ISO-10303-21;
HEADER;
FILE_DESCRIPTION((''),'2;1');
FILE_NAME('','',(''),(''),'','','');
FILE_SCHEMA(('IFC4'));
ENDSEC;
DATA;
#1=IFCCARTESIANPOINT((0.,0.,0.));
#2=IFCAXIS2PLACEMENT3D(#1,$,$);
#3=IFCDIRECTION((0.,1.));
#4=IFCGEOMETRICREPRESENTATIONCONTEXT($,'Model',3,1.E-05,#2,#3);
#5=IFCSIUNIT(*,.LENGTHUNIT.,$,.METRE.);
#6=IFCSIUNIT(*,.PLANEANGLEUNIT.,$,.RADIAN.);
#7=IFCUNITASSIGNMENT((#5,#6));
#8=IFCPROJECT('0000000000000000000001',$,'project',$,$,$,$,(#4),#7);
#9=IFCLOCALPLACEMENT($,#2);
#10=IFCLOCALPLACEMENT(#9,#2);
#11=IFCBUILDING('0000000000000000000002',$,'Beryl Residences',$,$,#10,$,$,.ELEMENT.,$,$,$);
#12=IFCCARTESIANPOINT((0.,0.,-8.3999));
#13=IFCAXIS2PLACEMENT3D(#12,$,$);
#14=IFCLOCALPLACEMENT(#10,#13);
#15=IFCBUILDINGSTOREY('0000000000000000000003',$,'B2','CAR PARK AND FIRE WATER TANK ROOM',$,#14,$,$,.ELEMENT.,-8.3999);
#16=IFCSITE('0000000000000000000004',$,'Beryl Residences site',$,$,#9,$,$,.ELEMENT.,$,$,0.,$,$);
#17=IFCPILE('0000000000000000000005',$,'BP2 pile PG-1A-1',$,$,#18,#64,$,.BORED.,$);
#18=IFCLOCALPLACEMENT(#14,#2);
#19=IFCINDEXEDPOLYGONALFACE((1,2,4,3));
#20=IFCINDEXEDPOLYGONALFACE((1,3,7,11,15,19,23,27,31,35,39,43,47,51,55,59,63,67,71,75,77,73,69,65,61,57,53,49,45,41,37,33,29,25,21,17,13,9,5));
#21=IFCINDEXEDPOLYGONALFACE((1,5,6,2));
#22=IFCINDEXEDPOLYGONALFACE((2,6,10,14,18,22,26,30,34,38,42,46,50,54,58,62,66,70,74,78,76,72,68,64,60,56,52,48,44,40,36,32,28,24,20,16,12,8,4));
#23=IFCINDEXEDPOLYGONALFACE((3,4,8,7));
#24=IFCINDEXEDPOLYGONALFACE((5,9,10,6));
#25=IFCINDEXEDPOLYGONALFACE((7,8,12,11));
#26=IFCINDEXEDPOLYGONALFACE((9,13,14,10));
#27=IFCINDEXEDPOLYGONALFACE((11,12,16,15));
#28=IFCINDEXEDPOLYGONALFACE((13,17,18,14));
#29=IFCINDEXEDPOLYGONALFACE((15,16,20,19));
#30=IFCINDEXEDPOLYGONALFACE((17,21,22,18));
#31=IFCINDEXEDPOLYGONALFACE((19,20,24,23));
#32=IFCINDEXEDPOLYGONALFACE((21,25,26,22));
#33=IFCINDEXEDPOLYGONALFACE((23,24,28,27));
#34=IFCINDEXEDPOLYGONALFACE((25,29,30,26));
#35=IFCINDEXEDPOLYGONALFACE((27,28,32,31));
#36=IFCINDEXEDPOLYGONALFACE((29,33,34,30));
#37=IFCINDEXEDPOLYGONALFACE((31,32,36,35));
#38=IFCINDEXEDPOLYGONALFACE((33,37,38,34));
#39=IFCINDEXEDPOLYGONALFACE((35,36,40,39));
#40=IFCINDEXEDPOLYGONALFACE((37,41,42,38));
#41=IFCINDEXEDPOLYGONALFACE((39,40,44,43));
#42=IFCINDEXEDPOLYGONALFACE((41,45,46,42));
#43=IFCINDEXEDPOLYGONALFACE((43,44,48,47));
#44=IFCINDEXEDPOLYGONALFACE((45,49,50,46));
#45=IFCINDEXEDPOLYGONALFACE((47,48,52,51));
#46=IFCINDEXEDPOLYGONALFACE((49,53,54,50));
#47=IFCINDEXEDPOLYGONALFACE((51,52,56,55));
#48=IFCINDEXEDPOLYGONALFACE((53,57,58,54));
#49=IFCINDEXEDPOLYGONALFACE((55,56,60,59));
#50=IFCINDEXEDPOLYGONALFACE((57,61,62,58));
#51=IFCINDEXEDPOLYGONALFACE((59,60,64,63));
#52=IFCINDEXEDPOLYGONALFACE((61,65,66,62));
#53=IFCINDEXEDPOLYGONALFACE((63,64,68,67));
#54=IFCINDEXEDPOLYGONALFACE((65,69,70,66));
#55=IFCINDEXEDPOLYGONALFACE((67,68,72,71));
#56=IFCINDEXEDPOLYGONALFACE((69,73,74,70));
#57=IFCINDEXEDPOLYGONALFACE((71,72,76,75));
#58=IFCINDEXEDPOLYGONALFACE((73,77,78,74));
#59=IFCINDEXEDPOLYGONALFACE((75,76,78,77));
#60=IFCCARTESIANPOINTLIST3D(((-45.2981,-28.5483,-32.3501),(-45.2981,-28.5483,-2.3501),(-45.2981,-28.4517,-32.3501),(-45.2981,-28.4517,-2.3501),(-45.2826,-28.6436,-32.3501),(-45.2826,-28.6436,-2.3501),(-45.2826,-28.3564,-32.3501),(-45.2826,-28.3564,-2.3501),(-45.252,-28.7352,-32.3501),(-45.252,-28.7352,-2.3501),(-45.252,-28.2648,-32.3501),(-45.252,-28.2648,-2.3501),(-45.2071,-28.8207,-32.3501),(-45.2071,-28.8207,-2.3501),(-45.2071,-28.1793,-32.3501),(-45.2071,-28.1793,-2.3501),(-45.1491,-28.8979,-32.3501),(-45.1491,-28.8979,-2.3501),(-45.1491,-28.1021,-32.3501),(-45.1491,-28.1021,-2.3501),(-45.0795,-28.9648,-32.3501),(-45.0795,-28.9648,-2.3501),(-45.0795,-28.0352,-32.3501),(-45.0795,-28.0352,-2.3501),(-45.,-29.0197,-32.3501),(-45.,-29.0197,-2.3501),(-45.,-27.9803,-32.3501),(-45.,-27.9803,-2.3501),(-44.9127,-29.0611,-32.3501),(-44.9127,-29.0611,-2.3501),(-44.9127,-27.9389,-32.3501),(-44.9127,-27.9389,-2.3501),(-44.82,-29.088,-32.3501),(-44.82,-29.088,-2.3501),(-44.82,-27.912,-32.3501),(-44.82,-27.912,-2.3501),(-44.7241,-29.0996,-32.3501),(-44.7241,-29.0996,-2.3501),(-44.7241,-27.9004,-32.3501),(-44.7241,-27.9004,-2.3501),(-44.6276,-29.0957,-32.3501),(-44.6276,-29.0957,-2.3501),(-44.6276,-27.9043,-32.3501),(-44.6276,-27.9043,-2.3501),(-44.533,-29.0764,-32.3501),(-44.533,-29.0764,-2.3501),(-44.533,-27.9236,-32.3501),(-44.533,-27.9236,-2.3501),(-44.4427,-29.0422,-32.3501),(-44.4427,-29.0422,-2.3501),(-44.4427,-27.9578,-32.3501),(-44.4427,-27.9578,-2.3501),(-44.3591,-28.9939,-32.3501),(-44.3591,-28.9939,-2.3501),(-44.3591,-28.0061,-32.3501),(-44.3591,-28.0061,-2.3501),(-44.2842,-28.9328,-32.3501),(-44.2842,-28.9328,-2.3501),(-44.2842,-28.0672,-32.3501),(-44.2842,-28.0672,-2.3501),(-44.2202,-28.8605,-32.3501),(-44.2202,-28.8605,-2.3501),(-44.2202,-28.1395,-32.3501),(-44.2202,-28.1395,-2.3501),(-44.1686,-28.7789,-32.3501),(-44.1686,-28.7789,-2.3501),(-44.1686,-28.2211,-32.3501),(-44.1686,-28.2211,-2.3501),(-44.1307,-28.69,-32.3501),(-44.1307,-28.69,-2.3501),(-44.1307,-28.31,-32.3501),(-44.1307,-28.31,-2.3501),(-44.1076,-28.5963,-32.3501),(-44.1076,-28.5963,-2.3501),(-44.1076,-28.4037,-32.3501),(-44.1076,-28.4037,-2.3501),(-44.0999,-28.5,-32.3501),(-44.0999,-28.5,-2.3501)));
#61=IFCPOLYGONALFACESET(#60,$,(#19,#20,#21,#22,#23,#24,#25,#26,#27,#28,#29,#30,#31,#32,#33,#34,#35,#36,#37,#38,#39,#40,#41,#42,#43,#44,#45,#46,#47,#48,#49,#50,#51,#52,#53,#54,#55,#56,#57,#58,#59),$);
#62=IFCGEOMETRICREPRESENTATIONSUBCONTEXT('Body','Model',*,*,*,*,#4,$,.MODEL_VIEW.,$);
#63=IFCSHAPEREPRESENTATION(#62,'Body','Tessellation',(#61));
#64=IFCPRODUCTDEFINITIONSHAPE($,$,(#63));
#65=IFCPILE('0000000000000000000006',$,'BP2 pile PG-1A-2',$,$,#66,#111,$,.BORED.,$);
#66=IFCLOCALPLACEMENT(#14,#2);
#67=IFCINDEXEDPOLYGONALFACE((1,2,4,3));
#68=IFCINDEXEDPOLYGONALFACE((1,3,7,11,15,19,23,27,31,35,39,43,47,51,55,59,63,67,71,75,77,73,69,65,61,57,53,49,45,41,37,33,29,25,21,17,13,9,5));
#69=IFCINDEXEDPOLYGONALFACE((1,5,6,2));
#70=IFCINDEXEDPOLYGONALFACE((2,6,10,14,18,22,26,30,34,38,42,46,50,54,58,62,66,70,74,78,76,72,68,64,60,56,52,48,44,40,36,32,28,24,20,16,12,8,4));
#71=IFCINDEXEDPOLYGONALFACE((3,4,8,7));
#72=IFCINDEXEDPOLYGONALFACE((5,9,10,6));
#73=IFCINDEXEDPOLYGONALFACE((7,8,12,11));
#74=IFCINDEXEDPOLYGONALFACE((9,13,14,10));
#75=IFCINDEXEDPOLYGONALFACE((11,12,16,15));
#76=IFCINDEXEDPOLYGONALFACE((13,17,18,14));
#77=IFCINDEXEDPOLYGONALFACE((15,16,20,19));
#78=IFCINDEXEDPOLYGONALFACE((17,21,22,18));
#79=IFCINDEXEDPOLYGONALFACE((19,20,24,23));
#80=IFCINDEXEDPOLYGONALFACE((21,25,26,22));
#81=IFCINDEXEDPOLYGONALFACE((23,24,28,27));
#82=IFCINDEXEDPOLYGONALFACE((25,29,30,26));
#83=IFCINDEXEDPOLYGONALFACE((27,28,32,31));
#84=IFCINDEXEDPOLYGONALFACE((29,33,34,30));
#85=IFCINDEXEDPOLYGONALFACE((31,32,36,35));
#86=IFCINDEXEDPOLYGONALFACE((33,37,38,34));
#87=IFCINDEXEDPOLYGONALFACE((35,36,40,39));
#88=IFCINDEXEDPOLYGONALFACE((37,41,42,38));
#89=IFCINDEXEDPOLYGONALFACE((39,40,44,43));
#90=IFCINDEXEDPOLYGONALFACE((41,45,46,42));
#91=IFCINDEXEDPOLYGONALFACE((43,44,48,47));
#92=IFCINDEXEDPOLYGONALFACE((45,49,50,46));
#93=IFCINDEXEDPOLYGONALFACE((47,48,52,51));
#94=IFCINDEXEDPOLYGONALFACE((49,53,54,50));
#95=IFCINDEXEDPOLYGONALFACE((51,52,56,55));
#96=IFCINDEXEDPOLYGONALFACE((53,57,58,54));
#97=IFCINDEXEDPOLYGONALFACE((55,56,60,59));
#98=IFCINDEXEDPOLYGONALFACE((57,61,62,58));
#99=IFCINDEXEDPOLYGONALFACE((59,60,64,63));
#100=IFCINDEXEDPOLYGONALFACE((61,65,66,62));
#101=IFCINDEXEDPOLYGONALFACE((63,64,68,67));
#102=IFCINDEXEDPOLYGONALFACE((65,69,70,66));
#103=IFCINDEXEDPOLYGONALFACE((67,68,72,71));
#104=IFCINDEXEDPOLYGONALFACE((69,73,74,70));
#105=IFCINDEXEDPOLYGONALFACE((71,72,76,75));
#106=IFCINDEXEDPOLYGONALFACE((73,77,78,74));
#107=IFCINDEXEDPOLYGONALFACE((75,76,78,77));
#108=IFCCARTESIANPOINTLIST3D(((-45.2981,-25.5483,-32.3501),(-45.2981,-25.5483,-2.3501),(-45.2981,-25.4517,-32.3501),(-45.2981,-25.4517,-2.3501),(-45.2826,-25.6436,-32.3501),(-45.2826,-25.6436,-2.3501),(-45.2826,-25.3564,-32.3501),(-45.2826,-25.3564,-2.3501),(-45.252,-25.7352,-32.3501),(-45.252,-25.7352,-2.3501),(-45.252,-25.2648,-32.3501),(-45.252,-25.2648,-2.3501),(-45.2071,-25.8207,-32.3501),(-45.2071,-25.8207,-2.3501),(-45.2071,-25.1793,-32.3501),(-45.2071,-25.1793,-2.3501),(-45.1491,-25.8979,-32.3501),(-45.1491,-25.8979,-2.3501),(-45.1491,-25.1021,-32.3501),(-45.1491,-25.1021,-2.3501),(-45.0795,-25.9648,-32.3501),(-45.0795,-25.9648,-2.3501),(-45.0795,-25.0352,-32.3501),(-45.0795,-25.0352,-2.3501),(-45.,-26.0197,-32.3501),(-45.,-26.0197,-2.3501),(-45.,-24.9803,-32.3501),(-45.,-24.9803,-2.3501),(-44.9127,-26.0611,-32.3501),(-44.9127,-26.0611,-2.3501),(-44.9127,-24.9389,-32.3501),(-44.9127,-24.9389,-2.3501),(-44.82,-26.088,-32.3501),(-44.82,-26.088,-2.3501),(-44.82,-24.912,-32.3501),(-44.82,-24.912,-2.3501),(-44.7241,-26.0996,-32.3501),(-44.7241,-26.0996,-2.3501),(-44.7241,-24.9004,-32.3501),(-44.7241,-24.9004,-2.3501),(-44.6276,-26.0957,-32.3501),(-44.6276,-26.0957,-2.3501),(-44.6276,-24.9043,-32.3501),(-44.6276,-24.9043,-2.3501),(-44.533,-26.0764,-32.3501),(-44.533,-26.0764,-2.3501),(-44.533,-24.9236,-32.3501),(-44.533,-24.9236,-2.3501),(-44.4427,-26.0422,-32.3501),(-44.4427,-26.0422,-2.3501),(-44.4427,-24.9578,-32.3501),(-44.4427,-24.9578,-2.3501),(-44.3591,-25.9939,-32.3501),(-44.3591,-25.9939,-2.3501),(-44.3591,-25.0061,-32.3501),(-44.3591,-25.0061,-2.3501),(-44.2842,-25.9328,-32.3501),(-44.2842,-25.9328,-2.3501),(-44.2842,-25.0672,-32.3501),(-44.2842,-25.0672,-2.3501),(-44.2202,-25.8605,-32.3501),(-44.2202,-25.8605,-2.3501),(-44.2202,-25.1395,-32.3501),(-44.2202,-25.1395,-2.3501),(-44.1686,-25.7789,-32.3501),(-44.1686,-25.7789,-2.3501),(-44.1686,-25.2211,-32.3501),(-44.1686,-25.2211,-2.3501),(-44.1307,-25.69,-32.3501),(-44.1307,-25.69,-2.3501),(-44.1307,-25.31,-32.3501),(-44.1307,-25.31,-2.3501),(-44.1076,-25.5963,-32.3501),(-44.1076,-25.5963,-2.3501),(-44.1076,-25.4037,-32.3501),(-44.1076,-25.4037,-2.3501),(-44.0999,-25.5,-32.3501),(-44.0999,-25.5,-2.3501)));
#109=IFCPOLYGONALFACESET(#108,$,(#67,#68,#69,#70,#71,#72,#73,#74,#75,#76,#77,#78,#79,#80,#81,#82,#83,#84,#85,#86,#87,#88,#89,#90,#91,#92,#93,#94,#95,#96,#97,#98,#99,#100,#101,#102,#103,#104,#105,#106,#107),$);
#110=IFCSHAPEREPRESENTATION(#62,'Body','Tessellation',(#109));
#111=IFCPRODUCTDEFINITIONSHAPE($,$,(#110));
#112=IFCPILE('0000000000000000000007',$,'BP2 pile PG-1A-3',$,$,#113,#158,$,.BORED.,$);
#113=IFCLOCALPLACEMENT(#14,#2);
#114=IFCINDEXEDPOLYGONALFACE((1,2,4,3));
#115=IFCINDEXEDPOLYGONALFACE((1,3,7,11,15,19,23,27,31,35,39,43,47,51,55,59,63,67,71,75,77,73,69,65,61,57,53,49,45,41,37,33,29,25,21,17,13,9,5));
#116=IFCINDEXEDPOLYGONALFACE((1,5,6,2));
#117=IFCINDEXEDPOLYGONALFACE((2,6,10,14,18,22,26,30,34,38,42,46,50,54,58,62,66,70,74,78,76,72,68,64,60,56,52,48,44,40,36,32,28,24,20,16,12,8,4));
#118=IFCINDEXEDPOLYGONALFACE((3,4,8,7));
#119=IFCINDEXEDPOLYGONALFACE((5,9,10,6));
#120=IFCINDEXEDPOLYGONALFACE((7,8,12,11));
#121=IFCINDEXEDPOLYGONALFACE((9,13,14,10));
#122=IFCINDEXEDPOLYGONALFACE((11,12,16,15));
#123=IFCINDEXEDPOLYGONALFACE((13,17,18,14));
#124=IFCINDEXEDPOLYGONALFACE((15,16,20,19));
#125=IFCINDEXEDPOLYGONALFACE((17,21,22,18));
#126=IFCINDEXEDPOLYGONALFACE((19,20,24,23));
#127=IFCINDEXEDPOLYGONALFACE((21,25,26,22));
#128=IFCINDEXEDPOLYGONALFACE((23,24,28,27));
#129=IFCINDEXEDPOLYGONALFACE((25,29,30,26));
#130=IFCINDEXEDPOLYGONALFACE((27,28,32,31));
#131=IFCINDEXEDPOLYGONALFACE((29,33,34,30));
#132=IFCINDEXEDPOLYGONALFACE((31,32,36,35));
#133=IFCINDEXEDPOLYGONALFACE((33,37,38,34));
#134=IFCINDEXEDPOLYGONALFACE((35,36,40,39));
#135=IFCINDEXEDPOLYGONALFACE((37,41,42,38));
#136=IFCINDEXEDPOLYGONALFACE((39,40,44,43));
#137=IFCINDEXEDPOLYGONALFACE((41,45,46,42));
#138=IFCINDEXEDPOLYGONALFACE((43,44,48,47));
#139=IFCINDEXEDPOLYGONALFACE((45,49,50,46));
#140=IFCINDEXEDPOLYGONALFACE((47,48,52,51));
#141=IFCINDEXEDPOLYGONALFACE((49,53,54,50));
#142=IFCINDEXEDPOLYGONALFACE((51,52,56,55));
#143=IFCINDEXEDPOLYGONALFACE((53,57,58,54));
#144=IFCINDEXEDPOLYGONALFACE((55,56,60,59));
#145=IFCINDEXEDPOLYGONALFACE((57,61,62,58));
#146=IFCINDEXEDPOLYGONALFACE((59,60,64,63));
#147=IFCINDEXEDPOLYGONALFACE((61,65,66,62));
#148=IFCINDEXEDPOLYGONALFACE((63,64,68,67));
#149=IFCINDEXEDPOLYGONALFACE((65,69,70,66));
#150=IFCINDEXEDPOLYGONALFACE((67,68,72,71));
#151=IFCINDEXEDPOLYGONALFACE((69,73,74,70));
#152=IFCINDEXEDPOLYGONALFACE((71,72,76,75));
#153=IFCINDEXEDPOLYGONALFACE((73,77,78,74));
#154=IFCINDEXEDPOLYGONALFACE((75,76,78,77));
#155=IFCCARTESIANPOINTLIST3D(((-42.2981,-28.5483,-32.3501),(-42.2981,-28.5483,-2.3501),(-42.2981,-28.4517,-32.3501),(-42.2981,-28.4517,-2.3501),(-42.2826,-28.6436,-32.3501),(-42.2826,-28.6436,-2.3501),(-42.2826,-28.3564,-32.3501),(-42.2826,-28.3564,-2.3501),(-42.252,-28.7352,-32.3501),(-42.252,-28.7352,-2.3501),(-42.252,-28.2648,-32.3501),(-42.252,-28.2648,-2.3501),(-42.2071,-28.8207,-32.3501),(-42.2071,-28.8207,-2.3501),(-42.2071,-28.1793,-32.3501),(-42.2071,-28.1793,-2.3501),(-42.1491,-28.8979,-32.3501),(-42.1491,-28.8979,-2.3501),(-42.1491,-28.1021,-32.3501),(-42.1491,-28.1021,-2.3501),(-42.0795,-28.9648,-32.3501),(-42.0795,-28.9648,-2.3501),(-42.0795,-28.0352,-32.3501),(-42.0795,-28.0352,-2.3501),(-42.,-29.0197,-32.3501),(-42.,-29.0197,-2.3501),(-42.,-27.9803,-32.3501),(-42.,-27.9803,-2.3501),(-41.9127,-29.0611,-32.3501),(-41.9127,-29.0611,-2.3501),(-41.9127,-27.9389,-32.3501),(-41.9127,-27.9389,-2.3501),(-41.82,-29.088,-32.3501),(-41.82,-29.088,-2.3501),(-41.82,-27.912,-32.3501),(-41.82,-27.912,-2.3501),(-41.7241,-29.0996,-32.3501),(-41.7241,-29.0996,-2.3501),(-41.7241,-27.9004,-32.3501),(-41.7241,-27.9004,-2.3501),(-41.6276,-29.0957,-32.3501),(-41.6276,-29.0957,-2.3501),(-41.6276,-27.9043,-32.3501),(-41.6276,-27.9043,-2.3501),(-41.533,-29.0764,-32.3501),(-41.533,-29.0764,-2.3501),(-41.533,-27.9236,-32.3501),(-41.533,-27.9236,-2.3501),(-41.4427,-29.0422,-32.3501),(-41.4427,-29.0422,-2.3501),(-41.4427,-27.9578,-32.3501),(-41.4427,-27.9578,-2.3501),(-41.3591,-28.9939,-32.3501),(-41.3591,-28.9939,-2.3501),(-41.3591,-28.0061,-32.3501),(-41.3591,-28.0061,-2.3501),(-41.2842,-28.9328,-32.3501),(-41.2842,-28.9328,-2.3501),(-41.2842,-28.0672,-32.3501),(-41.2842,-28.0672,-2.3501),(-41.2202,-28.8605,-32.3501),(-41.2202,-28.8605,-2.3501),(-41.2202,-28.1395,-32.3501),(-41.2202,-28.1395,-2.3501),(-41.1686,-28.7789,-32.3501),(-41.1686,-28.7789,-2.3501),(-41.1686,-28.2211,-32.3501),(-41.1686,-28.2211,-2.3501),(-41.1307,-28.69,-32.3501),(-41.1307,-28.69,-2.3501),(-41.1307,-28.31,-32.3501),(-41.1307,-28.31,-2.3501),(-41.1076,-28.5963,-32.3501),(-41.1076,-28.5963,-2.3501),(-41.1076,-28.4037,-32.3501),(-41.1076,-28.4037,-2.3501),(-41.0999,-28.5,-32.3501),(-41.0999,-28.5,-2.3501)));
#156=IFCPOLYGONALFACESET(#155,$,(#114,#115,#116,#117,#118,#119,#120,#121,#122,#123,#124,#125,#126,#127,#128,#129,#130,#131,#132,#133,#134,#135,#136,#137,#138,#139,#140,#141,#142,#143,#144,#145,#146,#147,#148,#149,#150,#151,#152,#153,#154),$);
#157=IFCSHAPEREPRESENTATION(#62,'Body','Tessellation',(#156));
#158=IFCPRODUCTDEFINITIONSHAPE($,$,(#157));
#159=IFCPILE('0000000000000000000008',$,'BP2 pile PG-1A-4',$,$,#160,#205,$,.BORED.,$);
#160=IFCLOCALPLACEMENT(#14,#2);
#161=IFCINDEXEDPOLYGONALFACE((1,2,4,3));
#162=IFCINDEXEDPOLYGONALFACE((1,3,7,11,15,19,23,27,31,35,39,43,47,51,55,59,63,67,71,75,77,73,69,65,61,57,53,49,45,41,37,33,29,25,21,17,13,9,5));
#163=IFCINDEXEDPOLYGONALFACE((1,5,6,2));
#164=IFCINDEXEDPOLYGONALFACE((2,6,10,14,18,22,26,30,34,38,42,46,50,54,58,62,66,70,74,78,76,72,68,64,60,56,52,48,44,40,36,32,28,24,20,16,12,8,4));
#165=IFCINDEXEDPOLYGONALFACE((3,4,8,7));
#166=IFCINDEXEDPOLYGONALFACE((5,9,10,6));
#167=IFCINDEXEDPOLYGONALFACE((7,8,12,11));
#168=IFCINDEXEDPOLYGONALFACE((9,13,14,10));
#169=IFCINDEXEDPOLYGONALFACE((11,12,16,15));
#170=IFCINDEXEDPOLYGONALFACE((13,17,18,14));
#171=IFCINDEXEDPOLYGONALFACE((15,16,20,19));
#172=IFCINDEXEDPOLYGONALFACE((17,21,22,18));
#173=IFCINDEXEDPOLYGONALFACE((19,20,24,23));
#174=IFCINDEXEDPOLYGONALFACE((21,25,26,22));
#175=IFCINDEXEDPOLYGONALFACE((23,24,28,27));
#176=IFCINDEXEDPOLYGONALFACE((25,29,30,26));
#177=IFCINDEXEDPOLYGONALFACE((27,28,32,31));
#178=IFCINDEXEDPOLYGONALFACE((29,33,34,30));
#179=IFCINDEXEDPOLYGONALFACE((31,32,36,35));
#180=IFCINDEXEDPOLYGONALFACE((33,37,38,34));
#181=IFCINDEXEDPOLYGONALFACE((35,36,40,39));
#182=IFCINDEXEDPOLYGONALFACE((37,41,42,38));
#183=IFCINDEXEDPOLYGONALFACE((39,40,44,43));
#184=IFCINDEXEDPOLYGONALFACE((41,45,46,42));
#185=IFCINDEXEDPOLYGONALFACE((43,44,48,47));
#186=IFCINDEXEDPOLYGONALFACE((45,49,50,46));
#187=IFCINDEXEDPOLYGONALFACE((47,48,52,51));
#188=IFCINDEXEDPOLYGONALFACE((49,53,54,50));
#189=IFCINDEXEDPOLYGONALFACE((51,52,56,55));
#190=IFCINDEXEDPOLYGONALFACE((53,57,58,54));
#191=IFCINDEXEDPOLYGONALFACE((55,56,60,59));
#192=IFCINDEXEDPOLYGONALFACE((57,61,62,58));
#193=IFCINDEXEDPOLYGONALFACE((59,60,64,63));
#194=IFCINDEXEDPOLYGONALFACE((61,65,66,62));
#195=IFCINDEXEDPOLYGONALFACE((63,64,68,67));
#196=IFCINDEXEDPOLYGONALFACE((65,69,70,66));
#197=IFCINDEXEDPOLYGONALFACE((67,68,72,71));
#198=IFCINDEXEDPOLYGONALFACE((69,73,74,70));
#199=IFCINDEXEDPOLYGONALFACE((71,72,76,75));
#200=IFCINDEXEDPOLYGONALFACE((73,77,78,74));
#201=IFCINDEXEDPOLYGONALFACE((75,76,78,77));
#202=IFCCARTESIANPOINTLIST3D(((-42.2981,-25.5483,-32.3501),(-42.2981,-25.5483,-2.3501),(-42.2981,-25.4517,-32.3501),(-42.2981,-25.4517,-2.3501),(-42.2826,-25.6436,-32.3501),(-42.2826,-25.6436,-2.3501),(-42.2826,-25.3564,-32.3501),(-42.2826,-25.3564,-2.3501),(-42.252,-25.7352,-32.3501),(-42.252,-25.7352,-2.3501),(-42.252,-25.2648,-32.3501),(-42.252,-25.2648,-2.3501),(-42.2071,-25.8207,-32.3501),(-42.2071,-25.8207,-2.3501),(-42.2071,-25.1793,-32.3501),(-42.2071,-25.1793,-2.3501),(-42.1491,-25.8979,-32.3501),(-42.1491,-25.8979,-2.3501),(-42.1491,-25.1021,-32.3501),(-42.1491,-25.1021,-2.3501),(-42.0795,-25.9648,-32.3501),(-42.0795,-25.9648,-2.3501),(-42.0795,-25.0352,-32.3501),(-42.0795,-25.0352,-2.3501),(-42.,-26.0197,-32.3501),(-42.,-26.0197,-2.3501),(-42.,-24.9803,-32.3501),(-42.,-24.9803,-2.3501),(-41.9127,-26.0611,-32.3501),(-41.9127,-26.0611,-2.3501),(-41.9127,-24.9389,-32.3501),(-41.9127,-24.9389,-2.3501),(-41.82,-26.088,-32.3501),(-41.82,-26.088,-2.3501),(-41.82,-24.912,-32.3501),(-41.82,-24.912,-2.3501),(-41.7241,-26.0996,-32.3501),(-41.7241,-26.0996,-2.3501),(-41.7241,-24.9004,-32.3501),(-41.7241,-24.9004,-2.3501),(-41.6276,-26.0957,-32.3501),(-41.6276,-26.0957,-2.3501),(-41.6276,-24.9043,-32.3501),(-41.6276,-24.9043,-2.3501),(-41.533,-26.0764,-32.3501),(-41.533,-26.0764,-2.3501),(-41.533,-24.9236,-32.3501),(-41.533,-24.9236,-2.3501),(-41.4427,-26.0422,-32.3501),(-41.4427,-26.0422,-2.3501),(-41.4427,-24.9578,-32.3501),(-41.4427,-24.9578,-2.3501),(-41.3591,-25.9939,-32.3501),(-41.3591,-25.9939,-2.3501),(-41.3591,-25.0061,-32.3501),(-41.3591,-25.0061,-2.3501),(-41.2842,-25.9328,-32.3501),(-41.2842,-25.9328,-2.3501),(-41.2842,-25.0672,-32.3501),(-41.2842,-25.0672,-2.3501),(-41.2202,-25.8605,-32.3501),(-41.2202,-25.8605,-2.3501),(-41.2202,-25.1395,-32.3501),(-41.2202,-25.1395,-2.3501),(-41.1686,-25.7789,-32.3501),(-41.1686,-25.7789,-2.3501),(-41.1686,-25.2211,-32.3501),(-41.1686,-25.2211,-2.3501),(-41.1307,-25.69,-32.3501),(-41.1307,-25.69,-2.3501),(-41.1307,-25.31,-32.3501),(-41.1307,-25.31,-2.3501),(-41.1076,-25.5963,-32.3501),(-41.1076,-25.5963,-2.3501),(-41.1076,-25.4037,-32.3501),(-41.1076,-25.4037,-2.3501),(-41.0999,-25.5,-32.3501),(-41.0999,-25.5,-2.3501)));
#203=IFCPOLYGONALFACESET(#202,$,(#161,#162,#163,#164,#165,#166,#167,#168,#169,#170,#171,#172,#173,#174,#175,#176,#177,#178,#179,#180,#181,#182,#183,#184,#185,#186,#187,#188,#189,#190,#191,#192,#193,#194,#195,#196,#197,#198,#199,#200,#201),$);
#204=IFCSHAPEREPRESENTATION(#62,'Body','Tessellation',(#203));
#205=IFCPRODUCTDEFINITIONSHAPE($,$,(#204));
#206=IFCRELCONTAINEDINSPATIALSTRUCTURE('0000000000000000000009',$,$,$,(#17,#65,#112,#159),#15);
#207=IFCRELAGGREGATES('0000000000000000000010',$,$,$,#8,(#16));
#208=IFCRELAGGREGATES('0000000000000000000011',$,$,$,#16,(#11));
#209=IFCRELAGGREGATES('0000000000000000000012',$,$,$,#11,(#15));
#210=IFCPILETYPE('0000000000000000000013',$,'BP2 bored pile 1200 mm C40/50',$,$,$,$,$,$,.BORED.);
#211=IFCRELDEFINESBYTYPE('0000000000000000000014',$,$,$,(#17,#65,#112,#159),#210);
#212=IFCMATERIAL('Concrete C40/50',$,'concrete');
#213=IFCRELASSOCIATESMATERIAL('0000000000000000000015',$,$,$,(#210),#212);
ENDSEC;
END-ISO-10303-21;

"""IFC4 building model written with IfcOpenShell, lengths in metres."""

from ifc_helpers import new_model, si_unit, direction, frame, origin, origin_2d, place, context, subcontext, project, spatial, circle, extrude, material, material_profile, profile_set, type_object, element, save


model = new_model("IFC4")

# Units and contexts
model_context = context("Model", 3, precision=1e-05, world=origin(), true_north=direction((0.0, 1.0)))
body_context = subcontext(model_context, "Body", "Model", "MODEL_VIEW")
ifc_project = project(units=[si_unit("LENGTHUNIT", "METRE"), si_unit("PLANEANGLEUNIT", "RADIAN")], contexts=[model_context])

# Site, building, storey
site_placement = place(None, origin())
site = spatial("IfcSite", under=ifc_project, at=site_placement, Name="Beryl Residences site", CompositionType="ELEMENT", RefElevation=0.0)
building_placement = place(site_placement, origin())
building = spatial("IfcBuilding", under=site, at=building_placement, Name="Beryl Residences", CompositionType="ELEMENT")
storey_placement = place(building_placement, frame((0.0, 0.0, -8.3999)))
storey = spatial("IfcBuildingStorey", under=building, at=storey_placement, Name="B2", Description="CAR PARK AND FIRE WATER TANK ROOM", CompositionType="ELEMENT", Elevation=-8.3999)

# Piles
ifc_material_1 = material(Name="Concrete C40/50", Category="concrete")
ifc_material_profile_1 = material_profile(ifc_material_1, circle(Radius=0.6001, at=origin_2d()))
ifc_profile_set_1 = profile_set([ifc_material_profile_1], Name="Concrete C40/50")
pile_type = type_object("IfcPileType", Name="BP2 bored pile 1200 mm C40/50", PredefinedType="BORED", material=ifc_profile_set_1)
for number, where, z_axis, x_axis, name in (
    (1, (-44.7, -28.5, -2.3501), (0.0, 0.0, -1.0), (1.0, 0.0, 0.0), "BP2 pile PG-1A-1"),
    (2, (-44.7, -25.5, -2.3501), (0.0, 0.0, -1.0), (1.0, 0.0, 0.0), "BP2 pile PG-1A-2"),
    (3, (-41.7, -28.5, -2.3501), (0.0, 0.0, -1.0), (1.0, 0.0, 0.0), "BP2 pile PG-1A-3"),
    (4, (-41.7, -25.5, -2.3501), (0.0, 0.0, -1.0), (1.0, 0.0, 0.0), "BP2 pile PG-1A-4"),
):
    element("IfcPile", number, at=place(storey_placement, frame(where, z_axis=z_axis, x_axis=x_axis)), inside=storey, type_object=pile_type, Name=name, PredefinedType="BORED", context=body_context, shape_type="SweptSolid", body=[
        extrude(circle(Radius=0.6001, at=origin_2d()), origin(), (0.0, 0.0, 1.0), 30.0),
    ])

save(model, "model.ifc")
